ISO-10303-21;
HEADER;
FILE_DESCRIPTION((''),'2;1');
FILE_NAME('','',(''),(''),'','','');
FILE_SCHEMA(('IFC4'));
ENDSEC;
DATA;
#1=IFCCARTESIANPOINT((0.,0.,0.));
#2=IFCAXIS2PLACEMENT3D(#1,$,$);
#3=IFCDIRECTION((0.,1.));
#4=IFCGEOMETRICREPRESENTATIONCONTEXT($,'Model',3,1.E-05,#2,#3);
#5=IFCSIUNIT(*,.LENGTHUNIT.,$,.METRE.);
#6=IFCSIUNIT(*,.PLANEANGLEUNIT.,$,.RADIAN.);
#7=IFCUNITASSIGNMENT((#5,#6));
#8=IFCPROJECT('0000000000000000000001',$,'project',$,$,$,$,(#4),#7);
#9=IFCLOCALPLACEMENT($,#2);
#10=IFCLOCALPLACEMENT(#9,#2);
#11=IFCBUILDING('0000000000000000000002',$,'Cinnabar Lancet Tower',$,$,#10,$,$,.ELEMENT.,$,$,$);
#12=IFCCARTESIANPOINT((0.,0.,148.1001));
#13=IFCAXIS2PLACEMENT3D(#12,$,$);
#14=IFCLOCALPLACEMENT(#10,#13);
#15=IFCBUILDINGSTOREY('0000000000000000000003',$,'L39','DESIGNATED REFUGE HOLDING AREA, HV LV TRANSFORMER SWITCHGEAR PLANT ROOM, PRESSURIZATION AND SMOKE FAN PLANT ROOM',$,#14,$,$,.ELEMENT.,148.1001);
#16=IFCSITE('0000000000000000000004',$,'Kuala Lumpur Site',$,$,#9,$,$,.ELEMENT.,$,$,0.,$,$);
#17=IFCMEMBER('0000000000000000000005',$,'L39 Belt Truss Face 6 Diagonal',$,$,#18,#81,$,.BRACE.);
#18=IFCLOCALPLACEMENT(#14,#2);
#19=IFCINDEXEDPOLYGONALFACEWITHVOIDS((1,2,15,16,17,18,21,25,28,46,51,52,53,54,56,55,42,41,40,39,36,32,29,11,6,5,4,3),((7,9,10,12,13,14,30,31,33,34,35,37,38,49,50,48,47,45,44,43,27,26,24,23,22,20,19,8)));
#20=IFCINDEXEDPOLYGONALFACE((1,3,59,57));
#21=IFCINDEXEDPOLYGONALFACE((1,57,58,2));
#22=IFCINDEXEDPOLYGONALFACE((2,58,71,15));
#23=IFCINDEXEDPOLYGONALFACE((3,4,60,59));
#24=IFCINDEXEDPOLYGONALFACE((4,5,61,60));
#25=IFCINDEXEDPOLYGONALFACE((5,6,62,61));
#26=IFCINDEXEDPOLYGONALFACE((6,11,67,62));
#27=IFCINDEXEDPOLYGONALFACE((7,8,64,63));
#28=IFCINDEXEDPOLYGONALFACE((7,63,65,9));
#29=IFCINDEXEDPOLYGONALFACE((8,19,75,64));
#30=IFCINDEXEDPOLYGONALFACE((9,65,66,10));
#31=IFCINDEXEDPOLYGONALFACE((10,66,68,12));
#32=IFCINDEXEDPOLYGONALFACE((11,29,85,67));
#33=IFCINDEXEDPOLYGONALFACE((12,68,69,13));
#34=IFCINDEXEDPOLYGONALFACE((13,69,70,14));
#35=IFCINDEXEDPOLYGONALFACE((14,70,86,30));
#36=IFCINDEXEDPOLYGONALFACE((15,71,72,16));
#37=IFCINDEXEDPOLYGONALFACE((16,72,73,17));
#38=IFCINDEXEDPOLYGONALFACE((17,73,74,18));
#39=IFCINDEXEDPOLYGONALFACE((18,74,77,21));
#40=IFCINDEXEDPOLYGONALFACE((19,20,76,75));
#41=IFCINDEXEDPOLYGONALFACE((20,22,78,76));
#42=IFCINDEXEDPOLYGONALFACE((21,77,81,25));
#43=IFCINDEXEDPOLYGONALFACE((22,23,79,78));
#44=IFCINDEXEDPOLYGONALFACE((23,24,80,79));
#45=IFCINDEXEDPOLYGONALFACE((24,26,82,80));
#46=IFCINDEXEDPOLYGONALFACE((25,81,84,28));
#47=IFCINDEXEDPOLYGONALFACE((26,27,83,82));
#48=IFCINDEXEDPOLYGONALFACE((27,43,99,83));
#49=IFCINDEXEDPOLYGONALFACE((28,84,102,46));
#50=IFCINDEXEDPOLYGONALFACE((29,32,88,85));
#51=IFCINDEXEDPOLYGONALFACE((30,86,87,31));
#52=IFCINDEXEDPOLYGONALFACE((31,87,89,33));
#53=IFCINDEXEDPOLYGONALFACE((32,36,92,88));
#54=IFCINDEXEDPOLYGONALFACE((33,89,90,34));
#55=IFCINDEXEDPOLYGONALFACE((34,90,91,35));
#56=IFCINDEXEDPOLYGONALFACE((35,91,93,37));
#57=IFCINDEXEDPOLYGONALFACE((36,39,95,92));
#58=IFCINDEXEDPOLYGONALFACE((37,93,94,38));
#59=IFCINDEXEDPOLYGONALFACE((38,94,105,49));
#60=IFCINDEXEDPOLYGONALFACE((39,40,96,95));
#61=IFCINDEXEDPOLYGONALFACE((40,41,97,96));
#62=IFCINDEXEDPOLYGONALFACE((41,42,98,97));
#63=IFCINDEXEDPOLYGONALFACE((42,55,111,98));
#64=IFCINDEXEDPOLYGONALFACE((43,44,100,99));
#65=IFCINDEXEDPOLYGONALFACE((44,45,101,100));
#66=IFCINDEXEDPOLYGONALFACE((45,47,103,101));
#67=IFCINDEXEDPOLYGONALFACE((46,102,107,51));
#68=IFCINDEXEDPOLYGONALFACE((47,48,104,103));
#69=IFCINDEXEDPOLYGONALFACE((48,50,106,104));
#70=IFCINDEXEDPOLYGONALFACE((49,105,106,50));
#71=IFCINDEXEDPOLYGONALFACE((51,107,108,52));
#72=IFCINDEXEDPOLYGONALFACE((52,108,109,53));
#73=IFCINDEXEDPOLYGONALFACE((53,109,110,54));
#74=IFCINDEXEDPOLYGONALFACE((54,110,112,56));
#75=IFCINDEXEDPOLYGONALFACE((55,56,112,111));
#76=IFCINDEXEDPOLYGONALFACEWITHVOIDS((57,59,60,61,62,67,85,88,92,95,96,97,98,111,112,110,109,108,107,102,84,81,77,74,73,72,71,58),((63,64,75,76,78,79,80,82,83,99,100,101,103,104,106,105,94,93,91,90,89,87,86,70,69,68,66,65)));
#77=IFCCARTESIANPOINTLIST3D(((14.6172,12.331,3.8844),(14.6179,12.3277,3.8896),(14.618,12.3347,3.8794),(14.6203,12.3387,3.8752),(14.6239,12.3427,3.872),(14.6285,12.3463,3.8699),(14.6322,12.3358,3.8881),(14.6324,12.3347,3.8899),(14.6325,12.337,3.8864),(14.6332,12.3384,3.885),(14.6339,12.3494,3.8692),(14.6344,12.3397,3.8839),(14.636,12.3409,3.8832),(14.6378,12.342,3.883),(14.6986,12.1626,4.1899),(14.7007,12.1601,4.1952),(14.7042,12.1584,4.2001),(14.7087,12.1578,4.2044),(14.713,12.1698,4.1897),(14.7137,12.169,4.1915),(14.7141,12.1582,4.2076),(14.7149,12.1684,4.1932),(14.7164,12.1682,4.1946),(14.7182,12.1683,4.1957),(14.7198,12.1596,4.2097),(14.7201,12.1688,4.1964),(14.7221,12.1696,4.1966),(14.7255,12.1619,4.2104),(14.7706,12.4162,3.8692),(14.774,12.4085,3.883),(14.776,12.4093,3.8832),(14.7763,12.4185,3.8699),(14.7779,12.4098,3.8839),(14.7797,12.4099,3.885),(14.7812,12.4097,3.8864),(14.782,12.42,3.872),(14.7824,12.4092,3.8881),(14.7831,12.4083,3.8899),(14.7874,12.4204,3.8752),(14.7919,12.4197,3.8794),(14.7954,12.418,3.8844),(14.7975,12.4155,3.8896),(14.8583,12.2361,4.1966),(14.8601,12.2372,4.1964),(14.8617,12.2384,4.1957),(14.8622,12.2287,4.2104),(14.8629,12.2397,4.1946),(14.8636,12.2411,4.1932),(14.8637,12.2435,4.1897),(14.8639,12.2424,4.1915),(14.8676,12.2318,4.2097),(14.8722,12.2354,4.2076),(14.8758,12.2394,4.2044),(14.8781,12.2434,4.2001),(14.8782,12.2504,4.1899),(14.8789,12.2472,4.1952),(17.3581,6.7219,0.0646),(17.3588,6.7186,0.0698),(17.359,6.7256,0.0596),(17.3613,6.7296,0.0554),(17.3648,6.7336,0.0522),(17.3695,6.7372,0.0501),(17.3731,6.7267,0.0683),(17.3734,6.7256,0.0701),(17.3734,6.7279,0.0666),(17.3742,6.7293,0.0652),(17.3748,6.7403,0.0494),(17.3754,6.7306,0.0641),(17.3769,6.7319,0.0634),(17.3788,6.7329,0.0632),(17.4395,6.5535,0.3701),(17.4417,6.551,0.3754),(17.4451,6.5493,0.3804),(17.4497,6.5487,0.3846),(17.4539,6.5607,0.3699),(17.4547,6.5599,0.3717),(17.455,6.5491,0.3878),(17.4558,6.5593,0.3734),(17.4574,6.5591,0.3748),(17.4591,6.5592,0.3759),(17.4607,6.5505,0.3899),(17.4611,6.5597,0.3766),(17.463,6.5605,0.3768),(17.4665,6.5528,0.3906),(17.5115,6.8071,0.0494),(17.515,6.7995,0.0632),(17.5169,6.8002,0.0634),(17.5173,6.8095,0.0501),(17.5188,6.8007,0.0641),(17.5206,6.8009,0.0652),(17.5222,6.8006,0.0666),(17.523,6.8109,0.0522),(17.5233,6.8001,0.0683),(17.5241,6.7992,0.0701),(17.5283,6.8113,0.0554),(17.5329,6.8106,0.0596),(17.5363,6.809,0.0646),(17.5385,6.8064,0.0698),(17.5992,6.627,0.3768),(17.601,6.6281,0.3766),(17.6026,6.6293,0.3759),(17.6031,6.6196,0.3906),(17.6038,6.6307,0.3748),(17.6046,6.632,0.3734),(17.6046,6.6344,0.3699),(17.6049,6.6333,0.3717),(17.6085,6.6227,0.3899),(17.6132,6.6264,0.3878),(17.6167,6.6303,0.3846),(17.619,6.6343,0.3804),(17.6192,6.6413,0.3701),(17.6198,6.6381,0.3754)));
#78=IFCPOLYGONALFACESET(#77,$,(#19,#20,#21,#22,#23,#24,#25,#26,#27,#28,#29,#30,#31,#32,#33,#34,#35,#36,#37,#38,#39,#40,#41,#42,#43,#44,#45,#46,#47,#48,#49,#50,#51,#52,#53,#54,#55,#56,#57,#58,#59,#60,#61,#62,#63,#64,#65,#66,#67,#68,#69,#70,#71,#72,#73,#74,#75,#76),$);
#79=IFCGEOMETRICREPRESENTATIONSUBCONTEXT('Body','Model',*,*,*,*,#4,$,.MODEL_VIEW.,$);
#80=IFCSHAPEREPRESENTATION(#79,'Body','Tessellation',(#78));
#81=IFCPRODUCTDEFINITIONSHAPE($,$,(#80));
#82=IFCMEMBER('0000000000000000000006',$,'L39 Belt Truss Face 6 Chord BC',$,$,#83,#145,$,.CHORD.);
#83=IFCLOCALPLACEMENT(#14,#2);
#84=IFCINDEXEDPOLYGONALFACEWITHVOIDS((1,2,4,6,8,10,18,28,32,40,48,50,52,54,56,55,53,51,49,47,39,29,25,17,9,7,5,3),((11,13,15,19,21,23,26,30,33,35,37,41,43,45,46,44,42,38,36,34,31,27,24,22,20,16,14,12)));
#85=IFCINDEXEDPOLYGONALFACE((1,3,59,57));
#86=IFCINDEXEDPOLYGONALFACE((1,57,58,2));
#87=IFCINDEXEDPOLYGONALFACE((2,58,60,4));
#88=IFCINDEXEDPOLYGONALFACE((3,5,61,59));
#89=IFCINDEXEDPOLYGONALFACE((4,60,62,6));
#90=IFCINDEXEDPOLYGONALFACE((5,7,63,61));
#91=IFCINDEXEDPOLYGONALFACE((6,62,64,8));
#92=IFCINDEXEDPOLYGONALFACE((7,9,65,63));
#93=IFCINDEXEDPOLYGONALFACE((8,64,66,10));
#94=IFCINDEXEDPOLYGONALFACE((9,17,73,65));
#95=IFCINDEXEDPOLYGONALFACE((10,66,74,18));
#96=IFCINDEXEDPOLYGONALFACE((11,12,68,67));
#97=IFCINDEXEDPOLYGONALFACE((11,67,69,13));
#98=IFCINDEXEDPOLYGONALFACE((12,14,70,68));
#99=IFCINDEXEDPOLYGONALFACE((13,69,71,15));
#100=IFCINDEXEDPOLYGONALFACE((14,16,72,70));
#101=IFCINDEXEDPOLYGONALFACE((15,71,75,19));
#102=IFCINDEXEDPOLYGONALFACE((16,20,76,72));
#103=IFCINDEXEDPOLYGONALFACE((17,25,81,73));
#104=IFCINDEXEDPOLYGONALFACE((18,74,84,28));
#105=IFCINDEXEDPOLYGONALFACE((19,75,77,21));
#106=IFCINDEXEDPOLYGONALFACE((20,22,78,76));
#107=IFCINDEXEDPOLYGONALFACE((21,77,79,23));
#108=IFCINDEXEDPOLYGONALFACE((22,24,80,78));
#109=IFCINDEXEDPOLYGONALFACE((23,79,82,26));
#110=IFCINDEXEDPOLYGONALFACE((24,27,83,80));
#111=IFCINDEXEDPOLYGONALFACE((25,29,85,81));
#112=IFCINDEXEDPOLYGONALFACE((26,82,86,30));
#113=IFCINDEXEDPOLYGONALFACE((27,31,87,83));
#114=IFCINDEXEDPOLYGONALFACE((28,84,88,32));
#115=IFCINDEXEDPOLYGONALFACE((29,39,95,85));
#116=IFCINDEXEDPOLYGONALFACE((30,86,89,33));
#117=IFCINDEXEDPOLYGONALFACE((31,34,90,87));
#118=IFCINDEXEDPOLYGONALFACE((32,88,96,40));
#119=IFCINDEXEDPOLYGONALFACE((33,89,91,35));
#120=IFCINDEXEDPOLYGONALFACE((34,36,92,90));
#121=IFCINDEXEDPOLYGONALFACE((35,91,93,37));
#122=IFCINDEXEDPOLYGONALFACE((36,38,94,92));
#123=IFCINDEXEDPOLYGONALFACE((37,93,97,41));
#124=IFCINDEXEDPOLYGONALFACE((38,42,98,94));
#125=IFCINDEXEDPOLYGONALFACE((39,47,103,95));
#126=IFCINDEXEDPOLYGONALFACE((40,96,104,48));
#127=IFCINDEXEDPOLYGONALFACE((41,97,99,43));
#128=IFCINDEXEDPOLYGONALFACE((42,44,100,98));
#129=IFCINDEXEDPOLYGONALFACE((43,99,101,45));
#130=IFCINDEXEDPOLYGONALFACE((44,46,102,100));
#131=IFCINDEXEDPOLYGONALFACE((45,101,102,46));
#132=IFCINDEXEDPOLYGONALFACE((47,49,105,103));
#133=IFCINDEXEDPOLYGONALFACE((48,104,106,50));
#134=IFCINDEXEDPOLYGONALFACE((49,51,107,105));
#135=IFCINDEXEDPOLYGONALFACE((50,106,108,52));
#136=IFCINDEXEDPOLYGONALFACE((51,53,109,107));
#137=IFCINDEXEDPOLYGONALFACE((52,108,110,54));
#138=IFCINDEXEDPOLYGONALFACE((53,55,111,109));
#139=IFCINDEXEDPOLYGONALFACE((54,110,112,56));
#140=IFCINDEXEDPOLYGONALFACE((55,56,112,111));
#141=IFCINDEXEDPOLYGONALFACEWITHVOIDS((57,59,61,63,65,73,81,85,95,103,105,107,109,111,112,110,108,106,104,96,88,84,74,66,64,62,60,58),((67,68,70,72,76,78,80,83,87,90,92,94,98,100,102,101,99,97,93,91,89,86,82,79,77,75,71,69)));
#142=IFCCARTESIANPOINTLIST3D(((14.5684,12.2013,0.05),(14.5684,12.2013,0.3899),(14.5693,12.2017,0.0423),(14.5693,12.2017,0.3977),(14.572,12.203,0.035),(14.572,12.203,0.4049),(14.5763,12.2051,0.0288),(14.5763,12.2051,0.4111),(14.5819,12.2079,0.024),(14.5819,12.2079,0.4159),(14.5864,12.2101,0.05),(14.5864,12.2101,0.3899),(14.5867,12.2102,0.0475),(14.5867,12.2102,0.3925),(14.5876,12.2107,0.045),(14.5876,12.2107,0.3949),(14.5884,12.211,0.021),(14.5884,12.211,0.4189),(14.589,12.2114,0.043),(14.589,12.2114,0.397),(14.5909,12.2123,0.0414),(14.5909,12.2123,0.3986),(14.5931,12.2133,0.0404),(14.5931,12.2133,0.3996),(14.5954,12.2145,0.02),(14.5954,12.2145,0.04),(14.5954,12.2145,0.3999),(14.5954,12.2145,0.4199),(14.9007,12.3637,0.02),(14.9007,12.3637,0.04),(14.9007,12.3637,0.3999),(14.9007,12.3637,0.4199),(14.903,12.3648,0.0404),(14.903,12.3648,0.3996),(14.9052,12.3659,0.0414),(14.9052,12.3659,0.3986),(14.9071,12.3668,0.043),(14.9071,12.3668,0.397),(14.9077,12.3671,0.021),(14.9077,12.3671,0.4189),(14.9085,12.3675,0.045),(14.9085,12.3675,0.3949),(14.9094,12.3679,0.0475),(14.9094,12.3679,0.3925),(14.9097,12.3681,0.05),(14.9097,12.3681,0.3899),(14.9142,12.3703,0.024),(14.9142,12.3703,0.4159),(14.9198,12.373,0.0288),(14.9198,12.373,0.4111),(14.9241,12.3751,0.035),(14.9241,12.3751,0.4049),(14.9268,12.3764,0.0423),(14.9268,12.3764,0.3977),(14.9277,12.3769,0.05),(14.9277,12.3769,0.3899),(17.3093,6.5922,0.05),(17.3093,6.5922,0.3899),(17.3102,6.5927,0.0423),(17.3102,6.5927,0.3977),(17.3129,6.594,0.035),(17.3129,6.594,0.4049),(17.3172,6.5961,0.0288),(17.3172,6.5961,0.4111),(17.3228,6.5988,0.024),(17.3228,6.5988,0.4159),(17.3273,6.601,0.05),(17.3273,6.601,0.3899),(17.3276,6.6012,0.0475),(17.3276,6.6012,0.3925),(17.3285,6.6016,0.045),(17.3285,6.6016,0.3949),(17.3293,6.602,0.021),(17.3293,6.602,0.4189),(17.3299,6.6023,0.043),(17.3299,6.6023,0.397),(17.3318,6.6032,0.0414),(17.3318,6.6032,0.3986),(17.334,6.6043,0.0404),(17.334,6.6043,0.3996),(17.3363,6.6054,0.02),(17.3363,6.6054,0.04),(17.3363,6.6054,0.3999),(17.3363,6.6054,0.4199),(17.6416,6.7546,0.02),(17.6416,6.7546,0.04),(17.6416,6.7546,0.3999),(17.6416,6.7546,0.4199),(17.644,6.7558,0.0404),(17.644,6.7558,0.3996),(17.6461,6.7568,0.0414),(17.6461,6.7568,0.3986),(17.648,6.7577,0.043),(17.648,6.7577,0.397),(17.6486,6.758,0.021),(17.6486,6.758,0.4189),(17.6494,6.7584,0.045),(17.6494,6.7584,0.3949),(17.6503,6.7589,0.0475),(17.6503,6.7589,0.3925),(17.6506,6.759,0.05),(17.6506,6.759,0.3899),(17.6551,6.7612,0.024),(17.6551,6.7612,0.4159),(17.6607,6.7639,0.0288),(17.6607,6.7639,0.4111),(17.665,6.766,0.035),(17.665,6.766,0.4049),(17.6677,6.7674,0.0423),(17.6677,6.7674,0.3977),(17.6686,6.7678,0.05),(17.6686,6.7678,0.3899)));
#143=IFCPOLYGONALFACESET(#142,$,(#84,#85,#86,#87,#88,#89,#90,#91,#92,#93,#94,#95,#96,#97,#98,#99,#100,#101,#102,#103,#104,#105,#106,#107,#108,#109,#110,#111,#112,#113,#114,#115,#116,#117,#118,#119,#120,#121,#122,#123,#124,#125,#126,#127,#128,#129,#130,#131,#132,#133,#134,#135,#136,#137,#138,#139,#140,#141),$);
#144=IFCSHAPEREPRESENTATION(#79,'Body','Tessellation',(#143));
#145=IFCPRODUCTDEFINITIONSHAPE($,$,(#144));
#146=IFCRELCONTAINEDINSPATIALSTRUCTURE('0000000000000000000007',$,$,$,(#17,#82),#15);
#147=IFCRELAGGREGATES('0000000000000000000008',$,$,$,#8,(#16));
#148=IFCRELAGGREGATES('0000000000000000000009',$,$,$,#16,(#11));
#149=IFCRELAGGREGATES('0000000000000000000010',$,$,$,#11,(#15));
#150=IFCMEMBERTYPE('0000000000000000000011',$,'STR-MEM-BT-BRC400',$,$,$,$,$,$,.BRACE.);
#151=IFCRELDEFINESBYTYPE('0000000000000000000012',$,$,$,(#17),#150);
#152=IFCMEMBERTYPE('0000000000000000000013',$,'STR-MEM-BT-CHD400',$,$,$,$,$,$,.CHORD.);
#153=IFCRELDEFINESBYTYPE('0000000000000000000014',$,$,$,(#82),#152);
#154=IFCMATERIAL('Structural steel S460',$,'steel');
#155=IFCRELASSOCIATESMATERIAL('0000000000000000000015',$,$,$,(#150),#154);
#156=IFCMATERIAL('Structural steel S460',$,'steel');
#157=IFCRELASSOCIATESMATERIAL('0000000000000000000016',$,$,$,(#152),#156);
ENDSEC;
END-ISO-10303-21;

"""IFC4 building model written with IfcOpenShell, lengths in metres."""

from ifc_helpers import new_model, si_unit, direction, frame, origin, origin_2d, place, context, subcontext, project, spatial, hollow_rectangle, extrude, material, material_profile, profile_set, type_object, element, save


model = new_model("IFC4")

# Units and contexts
model_context = context("Model", 3, precision=1e-05, world=origin(), true_north=direction((0.0, 1.0)))
body_context = subcontext(model_context, "Body", "Model", "MODEL_VIEW")
ifc_project = project(units=[si_unit("LENGTHUNIT", "METRE"), si_unit("PLANEANGLEUNIT", "RADIAN")], contexts=[model_context])

# Site, building, storey
site_placement = place(None, origin())
site = spatial("IfcSite", under=ifc_project, at=site_placement, Name="Kuala Lumpur Site", CompositionType="ELEMENT", RefElevation=0.0)
building_placement = place(site_placement, origin())
building = spatial("IfcBuilding", under=site, at=building_placement, Name="Cinnabar Lancet Tower", CompositionType="ELEMENT")
storey_placement = place(building_placement, frame((0.0, 0.0, 148.1001)))
storey = spatial("IfcBuildingStorey", under=building, at=storey_placement, Name="L39", Description="DESIGNATED REFUGE HOLDING AREA, HV LV TRANSFORMER SWITCHGEAR PLANT ROOM, PRESSURIZATION AND SMOKE FAN PLANT ROOM", CompositionType="ELEMENT", Elevation=148.1001)

# Members
ifc_material_1 = material(Name="Structural steel S460", Category="steel")
ifc_material_profile_1 = material_profile(ifc_material_1, hollow_rectangle(XDim=0.2, YDim=0.3999, WallThickness=0.0161, InnerFilletRadius=0.0081, OuterFilletRadius=0.0239, at=origin_2d()), Name="RHS 400x200x16")
ifc_profile_set_1 = profile_set([ifc_material_profile_1], Name="Structural steel S460")
member_type_1 = type_object("IfcMemberType", Name="STR-MEM-BT-BRC400", PredefinedType="BRACE", material=ifc_profile_set_1)
member_placement = place(storey_placement, frame((14.748, 12.2891, 4.0398), z_axis=(0.374505, -0.76639, -0.521912), x_axis=(0.898465, 0.439045, 0.0)))
element("IfcMember", 1, at=member_placement, inside=storey, type_object=member_type_1, Name="L39 Belt Truss Face 6 Diagonal", PredefinedType="BRACE", context=body_context, shape_type="SweptSolid", body=[
    extrude(hollow_rectangle(XDim=0.2, YDim=0.3999, WallThickness=0.0161, InnerFilletRadius=0.0081, OuterFilletRadius=0.0239, at=origin_2d()), origin(), (0.0, 0.0, 1.0), 7.3188),
])
ifc_material_2 = material(Name="Structural steel S460", Category="steel")
ifc_material_profile_2 = material_profile(ifc_material_2, hollow_rectangle(XDim=0.3999, YDim=0.3999, WallThickness=0.02, InnerFilletRadius=0.01, OuterFilletRadius=0.03, at=origin_2d()), Name="SHS 400x400x20")
ifc_profile_set_2 = profile_set([ifc_material_profile_2], Name="Structural steel S460")
member_type_2 = type_object("IfcMemberType", Name="STR-MEM-BT-CHD400", PredefinedType="CHORD", material=ifc_profile_set_2)
for number, where, z_axis, x_axis, name in (
    (2, (14.748, 12.2891, 0.22), (0.439045, -0.898465, 0.0), (0.898465, 0.439045, 0.0), "L39 Belt Truss Face 6 Chord BC"),
):
    element("IfcMember", number, at=place(storey_placement, frame(where, z_axis=z_axis, x_axis=x_axis)), inside=storey, type_object=member_type_2, Name=name, PredefinedType="CHORD", context=body_context, shape_type="SweptSolid", body=[
        extrude(hollow_rectangle(XDim=0.3999, YDim=0.3999, WallThickness=0.02, InnerFilletRadius=0.01, OuterFilletRadius=0.03, at=origin_2d()), origin(), (0.0, 0.0, 1.0), 6.2429),
    ])

save(model, "model.ifc")
